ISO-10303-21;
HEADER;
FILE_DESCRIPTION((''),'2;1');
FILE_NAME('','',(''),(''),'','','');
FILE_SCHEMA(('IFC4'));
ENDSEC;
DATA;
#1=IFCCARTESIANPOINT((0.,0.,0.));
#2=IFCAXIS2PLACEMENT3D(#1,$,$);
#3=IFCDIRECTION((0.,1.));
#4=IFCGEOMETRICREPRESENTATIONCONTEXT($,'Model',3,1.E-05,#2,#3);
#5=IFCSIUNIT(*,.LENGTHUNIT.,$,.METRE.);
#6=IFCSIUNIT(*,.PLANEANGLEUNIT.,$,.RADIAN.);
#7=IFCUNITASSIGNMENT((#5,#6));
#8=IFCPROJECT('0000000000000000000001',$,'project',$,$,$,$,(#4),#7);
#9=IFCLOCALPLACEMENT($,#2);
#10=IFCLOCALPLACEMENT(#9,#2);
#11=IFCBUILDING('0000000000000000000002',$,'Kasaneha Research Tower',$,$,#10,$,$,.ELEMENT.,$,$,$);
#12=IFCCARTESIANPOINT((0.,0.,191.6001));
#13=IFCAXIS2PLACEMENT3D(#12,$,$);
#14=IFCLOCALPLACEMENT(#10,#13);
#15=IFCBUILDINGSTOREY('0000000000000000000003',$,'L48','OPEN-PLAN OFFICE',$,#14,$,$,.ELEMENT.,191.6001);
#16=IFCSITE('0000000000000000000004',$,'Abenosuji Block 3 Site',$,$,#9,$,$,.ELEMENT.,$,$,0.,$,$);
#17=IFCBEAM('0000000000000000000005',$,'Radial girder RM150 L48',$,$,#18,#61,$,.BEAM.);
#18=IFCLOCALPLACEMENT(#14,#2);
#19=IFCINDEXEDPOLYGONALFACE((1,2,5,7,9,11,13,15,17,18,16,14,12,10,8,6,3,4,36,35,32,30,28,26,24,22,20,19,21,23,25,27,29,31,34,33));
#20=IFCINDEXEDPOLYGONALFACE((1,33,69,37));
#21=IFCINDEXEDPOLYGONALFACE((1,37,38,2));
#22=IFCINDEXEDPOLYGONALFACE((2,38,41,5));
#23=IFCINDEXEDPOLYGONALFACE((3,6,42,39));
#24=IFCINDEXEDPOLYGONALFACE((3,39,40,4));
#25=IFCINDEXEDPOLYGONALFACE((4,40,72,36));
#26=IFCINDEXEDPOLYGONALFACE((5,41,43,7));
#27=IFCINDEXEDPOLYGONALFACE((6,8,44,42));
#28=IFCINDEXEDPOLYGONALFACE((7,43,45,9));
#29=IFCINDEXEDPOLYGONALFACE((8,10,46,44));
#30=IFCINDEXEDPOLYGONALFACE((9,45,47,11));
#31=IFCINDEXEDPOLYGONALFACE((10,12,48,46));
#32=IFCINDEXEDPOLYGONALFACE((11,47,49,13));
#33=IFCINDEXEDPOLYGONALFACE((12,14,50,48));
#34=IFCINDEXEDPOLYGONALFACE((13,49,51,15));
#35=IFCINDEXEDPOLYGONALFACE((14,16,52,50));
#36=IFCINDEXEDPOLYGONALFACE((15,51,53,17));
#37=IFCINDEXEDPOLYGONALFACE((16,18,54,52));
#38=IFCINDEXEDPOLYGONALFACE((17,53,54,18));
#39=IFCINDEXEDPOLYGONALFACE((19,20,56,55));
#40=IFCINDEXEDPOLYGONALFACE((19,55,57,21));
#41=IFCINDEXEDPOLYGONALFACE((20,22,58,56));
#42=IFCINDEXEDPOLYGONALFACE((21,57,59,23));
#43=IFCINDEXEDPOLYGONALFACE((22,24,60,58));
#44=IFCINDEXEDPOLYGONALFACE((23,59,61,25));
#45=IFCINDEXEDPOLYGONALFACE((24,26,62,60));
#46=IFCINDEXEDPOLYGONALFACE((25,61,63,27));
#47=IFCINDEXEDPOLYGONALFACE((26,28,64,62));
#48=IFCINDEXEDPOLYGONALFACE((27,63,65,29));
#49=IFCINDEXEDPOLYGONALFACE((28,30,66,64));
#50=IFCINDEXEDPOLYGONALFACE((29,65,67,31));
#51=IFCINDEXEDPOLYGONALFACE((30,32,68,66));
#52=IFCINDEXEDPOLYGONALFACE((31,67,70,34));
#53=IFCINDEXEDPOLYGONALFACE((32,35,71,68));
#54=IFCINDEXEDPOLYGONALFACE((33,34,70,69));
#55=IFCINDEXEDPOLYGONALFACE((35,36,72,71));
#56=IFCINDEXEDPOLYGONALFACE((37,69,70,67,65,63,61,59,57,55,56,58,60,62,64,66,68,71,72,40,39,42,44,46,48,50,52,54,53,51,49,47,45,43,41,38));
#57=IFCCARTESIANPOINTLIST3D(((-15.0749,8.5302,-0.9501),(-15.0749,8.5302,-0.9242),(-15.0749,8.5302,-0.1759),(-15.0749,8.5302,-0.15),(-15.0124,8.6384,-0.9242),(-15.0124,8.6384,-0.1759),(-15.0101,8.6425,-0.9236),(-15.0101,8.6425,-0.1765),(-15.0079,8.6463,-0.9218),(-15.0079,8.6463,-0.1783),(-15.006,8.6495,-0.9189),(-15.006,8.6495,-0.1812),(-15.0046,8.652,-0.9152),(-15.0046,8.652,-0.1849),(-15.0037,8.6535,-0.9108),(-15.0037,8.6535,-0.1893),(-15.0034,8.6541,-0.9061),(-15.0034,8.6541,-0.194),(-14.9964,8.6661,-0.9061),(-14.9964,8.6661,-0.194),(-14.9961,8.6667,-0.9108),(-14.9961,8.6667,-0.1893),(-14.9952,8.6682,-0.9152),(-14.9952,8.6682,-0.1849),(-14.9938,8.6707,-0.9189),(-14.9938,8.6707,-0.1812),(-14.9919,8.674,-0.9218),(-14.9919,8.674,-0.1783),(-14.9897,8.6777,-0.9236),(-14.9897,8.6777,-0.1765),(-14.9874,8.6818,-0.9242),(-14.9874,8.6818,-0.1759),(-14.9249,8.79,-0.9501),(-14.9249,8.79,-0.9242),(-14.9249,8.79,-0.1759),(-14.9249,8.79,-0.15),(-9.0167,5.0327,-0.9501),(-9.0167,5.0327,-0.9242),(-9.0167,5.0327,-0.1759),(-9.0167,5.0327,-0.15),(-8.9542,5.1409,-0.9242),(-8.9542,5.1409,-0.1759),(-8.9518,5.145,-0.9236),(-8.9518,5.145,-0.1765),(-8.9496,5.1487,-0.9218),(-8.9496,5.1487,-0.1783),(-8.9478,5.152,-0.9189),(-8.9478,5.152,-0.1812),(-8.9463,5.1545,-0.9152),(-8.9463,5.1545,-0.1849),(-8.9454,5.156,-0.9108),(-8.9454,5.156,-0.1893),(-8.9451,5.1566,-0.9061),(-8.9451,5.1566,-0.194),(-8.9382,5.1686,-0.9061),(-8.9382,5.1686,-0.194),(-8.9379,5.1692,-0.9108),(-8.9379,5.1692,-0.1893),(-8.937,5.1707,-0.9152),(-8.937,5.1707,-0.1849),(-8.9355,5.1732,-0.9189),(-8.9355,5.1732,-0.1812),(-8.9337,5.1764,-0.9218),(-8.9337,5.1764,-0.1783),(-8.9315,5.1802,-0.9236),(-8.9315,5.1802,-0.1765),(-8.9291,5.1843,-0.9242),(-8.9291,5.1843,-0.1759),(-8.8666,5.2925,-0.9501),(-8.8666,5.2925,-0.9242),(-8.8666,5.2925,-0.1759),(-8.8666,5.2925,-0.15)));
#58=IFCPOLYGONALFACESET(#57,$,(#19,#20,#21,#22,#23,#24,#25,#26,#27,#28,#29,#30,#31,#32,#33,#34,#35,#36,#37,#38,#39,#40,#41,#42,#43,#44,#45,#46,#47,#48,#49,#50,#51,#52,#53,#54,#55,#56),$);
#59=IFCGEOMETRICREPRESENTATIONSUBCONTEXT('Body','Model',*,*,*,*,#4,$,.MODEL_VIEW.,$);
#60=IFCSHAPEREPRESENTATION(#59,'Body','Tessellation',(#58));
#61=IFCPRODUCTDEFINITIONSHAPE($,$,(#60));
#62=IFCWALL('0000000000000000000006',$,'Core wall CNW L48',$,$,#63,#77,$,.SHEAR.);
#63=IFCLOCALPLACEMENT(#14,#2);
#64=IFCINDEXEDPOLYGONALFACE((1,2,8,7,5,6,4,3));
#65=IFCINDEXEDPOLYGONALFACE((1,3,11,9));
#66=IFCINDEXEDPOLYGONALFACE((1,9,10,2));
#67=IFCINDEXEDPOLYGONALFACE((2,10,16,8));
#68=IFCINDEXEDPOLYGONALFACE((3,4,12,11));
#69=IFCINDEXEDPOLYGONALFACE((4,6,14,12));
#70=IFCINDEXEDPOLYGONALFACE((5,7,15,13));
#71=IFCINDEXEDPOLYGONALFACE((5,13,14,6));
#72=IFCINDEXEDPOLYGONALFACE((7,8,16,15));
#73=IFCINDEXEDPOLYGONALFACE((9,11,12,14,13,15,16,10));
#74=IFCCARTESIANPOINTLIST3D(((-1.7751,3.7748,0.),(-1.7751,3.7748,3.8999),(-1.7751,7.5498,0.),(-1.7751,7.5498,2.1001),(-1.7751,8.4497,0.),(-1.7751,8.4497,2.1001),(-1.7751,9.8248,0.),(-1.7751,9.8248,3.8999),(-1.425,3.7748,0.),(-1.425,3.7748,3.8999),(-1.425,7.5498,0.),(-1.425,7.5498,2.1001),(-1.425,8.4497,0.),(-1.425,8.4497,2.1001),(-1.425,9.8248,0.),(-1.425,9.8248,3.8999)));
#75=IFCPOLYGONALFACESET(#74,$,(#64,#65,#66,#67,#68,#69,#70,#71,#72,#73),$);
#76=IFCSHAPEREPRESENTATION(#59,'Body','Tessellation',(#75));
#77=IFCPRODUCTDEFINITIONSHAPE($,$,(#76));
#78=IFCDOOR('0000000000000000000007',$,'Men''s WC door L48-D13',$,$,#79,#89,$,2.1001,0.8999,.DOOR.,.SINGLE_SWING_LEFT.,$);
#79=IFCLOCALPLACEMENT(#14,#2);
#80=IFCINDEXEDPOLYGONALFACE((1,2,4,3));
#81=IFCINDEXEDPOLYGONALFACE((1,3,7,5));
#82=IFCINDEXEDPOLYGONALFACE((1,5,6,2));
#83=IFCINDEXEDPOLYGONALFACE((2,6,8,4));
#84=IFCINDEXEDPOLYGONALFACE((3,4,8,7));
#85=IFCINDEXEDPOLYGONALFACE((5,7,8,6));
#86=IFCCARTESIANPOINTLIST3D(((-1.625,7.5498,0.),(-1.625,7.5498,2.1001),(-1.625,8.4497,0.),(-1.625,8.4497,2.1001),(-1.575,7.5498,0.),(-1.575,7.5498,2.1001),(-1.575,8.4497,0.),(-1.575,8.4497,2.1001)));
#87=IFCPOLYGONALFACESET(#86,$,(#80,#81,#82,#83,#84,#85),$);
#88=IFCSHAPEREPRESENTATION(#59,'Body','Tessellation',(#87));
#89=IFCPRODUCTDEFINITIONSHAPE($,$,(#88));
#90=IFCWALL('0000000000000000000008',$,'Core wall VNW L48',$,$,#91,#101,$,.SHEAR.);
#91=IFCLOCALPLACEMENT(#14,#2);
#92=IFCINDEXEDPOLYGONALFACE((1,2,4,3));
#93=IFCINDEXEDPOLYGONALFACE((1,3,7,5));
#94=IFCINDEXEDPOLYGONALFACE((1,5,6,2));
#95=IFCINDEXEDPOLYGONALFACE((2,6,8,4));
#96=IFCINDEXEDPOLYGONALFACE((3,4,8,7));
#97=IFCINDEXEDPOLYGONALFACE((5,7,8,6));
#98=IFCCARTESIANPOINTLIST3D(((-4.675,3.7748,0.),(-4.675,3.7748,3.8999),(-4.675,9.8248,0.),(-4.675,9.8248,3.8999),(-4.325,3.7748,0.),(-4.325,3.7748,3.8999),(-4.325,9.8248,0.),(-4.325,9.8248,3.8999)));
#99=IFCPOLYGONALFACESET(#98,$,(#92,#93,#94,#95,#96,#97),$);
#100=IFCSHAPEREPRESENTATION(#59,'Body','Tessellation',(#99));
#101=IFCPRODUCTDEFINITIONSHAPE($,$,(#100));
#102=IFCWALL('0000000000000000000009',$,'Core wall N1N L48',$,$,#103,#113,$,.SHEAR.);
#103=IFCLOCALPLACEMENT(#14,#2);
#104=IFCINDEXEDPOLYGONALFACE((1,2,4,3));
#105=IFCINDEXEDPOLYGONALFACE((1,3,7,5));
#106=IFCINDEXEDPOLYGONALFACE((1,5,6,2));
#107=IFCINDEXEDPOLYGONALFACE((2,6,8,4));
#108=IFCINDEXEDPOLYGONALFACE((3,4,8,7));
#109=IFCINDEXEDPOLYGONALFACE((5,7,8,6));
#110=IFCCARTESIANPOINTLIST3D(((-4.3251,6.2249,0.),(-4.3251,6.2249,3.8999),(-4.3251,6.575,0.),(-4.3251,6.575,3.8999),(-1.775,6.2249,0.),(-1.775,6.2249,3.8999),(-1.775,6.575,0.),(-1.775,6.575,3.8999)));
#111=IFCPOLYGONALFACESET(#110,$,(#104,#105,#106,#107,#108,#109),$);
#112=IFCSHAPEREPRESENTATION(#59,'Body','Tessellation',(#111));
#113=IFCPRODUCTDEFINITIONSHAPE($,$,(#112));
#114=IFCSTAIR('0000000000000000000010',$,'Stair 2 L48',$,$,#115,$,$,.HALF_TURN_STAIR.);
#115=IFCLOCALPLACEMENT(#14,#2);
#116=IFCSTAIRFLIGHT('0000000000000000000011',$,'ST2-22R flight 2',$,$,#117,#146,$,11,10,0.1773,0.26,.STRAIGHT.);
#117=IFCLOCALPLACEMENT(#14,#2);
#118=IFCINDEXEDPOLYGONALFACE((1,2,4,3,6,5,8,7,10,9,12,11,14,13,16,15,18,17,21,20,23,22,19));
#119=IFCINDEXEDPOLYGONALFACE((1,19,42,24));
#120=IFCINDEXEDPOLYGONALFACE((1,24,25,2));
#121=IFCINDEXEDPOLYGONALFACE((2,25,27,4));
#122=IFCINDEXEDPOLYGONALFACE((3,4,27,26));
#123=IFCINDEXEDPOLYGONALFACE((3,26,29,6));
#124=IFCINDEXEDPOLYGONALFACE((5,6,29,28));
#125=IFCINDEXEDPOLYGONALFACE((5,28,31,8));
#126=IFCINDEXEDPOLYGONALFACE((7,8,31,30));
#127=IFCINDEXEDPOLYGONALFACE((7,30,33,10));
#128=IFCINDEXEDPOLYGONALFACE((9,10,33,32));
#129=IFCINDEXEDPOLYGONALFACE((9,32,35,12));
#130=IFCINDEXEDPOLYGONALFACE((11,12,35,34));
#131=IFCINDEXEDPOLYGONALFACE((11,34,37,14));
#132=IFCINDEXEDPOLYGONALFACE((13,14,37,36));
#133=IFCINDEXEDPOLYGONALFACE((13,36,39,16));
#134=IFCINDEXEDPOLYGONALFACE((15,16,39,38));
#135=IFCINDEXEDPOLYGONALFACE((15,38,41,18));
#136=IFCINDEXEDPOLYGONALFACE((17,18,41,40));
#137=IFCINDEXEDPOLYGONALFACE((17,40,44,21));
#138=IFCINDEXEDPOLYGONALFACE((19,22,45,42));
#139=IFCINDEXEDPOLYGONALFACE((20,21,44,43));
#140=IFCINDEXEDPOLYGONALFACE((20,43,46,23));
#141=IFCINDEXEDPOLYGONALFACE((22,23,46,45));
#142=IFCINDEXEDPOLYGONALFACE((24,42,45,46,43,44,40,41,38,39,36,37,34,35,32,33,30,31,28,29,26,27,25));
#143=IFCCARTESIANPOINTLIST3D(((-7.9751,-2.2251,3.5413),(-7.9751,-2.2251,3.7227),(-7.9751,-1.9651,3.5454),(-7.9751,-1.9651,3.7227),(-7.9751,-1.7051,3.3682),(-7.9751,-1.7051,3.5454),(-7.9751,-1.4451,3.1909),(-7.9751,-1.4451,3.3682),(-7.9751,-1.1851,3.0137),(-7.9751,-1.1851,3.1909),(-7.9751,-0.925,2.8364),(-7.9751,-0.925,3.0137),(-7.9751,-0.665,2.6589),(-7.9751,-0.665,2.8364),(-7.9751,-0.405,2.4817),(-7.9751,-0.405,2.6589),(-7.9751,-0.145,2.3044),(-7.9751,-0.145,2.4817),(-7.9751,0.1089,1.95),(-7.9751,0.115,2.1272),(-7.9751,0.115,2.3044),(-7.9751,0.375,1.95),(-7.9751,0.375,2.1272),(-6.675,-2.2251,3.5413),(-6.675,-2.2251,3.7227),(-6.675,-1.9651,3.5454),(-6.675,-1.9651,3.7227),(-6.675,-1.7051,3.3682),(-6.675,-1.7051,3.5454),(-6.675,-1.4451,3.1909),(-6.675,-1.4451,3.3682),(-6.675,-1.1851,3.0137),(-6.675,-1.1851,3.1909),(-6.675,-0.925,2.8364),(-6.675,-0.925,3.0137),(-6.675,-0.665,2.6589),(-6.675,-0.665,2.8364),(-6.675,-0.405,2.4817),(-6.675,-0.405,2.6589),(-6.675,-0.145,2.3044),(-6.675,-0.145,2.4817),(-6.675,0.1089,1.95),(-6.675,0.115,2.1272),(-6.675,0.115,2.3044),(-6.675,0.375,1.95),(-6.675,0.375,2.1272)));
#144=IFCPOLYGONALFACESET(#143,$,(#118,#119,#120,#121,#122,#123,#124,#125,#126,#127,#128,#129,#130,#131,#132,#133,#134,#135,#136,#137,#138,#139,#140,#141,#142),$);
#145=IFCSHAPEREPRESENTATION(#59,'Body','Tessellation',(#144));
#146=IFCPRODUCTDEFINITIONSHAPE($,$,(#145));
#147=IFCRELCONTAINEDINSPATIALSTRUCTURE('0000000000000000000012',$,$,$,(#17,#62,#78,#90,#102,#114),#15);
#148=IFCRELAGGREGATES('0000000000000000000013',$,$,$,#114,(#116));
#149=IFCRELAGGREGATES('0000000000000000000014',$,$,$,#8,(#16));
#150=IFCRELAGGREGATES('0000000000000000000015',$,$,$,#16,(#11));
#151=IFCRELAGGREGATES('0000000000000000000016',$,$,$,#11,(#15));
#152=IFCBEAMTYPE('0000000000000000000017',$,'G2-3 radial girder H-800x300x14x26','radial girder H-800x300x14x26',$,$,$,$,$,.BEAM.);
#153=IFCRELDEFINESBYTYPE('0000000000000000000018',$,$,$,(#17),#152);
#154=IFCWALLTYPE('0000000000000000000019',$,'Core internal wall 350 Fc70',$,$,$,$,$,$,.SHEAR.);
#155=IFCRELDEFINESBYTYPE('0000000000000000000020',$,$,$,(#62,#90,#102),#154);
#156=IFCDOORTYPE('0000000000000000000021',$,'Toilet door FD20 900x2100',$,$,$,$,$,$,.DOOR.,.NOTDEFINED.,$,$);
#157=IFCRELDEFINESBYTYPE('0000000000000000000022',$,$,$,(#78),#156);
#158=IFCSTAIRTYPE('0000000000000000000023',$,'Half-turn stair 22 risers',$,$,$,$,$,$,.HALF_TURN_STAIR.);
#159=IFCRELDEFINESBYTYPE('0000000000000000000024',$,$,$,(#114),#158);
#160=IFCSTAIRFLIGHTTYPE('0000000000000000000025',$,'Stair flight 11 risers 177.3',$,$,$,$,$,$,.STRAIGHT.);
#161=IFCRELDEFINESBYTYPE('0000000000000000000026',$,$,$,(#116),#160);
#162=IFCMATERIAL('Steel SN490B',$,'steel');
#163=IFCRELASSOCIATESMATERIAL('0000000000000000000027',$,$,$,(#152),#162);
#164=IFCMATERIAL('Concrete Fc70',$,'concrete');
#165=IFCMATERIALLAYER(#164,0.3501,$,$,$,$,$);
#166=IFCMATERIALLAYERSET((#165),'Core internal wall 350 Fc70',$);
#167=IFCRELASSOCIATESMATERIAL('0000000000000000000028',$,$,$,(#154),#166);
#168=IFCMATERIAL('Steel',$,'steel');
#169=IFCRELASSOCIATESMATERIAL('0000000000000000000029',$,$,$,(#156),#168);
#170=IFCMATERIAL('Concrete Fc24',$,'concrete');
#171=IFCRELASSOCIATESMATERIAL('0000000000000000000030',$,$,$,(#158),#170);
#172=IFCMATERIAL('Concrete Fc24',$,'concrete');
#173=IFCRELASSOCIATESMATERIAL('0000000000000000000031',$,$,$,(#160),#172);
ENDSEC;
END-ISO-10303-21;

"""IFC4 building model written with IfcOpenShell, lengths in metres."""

from ifc_helpers import new_model, si_unit, direction, frame, frame_2d, origin, origin_2d, place, context, subcontext, project, spatial, polyline, rectangle, i_section, outline, extrude, material, layer, layer_set, material_profile, profile_set, type_object, element, fill, aggregate, save


model = new_model("IFC4")

# Units and contexts
model_context = context("Model", 3, precision=1e-05, world=origin(), true_north=direction((0.0, 1.0)))
body_context = subcontext(model_context, "Body", "Model", "MODEL_VIEW")
ifc_project = project(units=[si_unit("LENGTHUNIT", "METRE"), si_unit("PLANEANGLEUNIT", "RADIAN")], contexts=[model_context])

# Site, building, storey
site_placement = place(None, origin())
site = spatial("IfcSite", under=ifc_project, at=site_placement, Name="Abenosuji Block 3 Site", CompositionType="ELEMENT", RefElevation=0.0)
building_placement = place(site_placement, origin())
building = spatial("IfcBuilding", under=site, at=building_placement, Name="Kasaneha Research Tower", CompositionType="ELEMENT")
storey_placement = place(building_placement, frame((0.0, 0.0, 191.6001)))
storey = spatial("IfcBuildingStorey", under=building, at=storey_placement, Name="L48", Description="OPEN-PLAN OFFICE", CompositionType="ELEMENT", Elevation=191.6001)

# Beam
ifc_material_1 = material(Name="Steel SN490B", Category="steel")
ifc_material_profile = material_profile(ifc_material_1, i_section(OverallWidth=0.3, OverallDepth=0.8, WebThickness=0.0139, FlangeThickness=0.0259, FilletRadius=0.0181, at=origin_2d()), Name="H-800x300x14x26")
ifc_profile_set = profile_set([ifc_material_profile], Name="Steel SN490B")
beam_type = type_object("IfcBeamType", Name="G2-3 radial girder H-800x300x14x26", Description="radial girder H-800x300x14x26", PredefinedType="BEAM", material=ifc_profile_set)
beam_placement = place(storey_placement, frame((-8.9417, 5.1626, -0.55), z_axis=(-0.86604, 0.499975, 0.0), x_axis=(-0.499975, -0.86604, 0.0)))
element("IfcBeam", 1, at=beam_placement, inside=storey, type_object=beam_type, Name="Radial girder RM150 L48", PredefinedType="BEAM", context=body_context, shape_type="SweptSolid", body=[
    extrude(i_section(OverallWidth=0.3, OverallDepth=0.8, WebThickness=0.0139, FlangeThickness=0.0259, FilletRadius=0.0181, at=origin_2d()), origin(), (0.0, 0.0, 1.0), 6.9954),
])

# Shared definitions
ifc_material_2 = material(Name="Concrete Fc70", Category="concrete")
ifc_layer_1 = layer(ifc_material_2, 0.3501)
ifc_layer_set_1 = layer_set([ifc_layer_1], Name="Core internal wall 350 Fc70")
wall_type = type_object("IfcWallType", Name="Core internal wall 350 Fc70", PredefinedType="SHEAR", material=ifc_layer_set_1)

# Wall, opening, door
wall_1_placement = place(storey_placement, frame((-1.6001, 3.7749, 0.0), z_axis=(0.0, 0.0, 1.0), x_axis=(0.0, 1.0, 0.0)))
wall_1 = element("IfcWall", 2, at=wall_1_placement, inside=storey, type_object=wall_type, Name="Core wall CNW L48", PredefinedType="SHEAR", context=body_context, shape_type="SweptSolid", body=[
    extrude(rectangle(XDim=6.05, YDim=0.3501, at=frame_2d((3.0249, 0.0))), origin(), (0.0, 0.0, 1.0), 3.8999),
])
opening_1_placement = place(wall_1_placement, frame((3.7749, 0.0, 0.0)))
opening_1 = element("IfcOpeningElement", 3, at=opening_1_placement, cuts=wall_1, PredefinedType="OPENING", context=body_context, shape_type="SweptSolid", body=[
    extrude(rectangle(XDim=0.8999, YDim=2.1001, at=frame_2d((0.45, 1.05))), frame((0.0, 0.1851, 0.0), z_axis=(0.0, -1.0, 0.0), x_axis=(1.0, 0.0, 0.0)), (0.0, 0.0, 1.0), 0.3701),
])
ifc_material_3 = material(Name="Steel", Category="steel")
door_type_1 = type_object("IfcDoorType", Name="Toilet door FD20 900x2100", OperationType="NOTDEFINED", PredefinedType="DOOR", material=ifc_material_3)
door_1_placement = place(opening_1_placement, origin())
door_1 = element("IfcDoor", 4, at=door_1_placement, inside=storey, type_object=door_type_1, Name="Men's WC door L48-D13", OperationType="SINGLE_SWING_LEFT", OverallHeight=2.1001, OverallWidth=0.8999, PredefinedType="DOOR", context=body_context, shape_type="SweptSolid", body=[
    extrude(rectangle(XDim=0.8999, YDim=2.1001, at=frame_2d((0.45, 1.05))), frame((0.0, 0.0249, 0.0), z_axis=(0.0, -1.0, 0.0), x_axis=(1.0, 0.0, 0.0)), (0.0, 0.0, 1.0), 0.05),
])
fill(opening_1, door_1)

# Walls
wall_2_placement = place(storey_placement, frame((-4.5, 3.7749, 0.0), z_axis=(0.0, 0.0, 1.0), x_axis=(0.0, 1.0, 0.0)))
element("IfcWall", 5, at=wall_2_placement, inside=storey, type_object=wall_type, Name="Core wall VNW L48", PredefinedType="SHEAR", context=body_context, shape_type="SweptSolid", body=[
    extrude(rectangle(XDim=6.05, YDim=0.3501, at=frame_2d((3.0249, 0.0))), origin(), (0.0, 0.0, 1.0), 3.8999),
])
wall_3_placement = place(storey_placement, frame((-4.325, 6.3999, 0.0), z_axis=(0.0, 0.0, 1.0), x_axis=(1.0, 0.0, 0.0)))
element("IfcWall", 6, at=wall_3_placement, inside=storey, type_object=wall_type, Name="Core wall N1N L48", PredefinedType="SHEAR", context=body_context, shape_type="SweptSolid", body=[
    extrude(rectangle(XDim=2.55, YDim=0.3501, at=frame_2d((1.2749, 0.0))), origin(), (0.0, 0.0, 1.0), 3.8999),
])

# Stair, stair flight
ifc_material_4 = material(Name="Concrete Fc24", Category="concrete")
stair_type = type_object("IfcStairType", Name="Half-turn stair 22 risers", PredefinedType="HALF_TURN_STAIR", material=ifc_material_4)
stair_placement = place(storey_placement, origin())
stair = element("IfcStair", 7, at=stair_placement, inside=storey, type_object=stair_type, Name="Stair 2 L48", PredefinedType="HALF_TURN_STAIR")
ifc_material_5 = material(Name="Concrete Fc24", Category="concrete")
stair_flight_type = type_object("IfcStairFlightType", Name="Stair flight 11 risers 177.3", PredefinedType="STRAIGHT", material=ifc_material_5)
stair_flight_placement = place(storey_placement, frame((-7.325, 0.375, 1.95), z_axis=(0.0, 0.0, 1.0), x_axis=(0.0, -1.0, 0.0)))
stair_flight = element("IfcStairFlight", 8, at=stair_flight_placement, type_object=stair_flight_type, Name="ST2-22R flight 2", NumberOfRisers=11, NumberOfTreads=10, PredefinedType="STRAIGHT", RiserHeight=0.1773, TreadLength=0.26, context=body_context, shape_type="SweptSolid", body=[
    extrude(outline(polyline([(0.0, 0.0), (0.0, 0.1772), (0.26, 0.1772), (0.26, 0.3545), (0.52, 0.3545), (0.52, 0.5317), (0.78, 0.5317), (0.78, 0.709), (1.04, 0.709), (1.04, 0.8865), (1.3, 0.8865), (1.3, 1.0637), (1.5601, 1.0637), (1.5601, 1.241), (1.8201, 1.241), (1.8201, 1.4182), (2.0801, 1.4182), (2.0801, 1.5955), (2.3401, 1.5955), (2.3401, 1.7727), (2.6001, 1.7727), (2.6001, 1.95), (2.6001, 1.5913), (0.2661, 0.0), (0.0, 0.0)])), frame((0.0, 0.6499, 0.0), z_axis=(0.0, -1.0, 0.0), x_axis=(1.0, 0.0, 0.0)), (0.0, 0.0, 1.0), 1.3),
])
aggregate(stair, [stair_flight])

save(model, "model.ifc")
